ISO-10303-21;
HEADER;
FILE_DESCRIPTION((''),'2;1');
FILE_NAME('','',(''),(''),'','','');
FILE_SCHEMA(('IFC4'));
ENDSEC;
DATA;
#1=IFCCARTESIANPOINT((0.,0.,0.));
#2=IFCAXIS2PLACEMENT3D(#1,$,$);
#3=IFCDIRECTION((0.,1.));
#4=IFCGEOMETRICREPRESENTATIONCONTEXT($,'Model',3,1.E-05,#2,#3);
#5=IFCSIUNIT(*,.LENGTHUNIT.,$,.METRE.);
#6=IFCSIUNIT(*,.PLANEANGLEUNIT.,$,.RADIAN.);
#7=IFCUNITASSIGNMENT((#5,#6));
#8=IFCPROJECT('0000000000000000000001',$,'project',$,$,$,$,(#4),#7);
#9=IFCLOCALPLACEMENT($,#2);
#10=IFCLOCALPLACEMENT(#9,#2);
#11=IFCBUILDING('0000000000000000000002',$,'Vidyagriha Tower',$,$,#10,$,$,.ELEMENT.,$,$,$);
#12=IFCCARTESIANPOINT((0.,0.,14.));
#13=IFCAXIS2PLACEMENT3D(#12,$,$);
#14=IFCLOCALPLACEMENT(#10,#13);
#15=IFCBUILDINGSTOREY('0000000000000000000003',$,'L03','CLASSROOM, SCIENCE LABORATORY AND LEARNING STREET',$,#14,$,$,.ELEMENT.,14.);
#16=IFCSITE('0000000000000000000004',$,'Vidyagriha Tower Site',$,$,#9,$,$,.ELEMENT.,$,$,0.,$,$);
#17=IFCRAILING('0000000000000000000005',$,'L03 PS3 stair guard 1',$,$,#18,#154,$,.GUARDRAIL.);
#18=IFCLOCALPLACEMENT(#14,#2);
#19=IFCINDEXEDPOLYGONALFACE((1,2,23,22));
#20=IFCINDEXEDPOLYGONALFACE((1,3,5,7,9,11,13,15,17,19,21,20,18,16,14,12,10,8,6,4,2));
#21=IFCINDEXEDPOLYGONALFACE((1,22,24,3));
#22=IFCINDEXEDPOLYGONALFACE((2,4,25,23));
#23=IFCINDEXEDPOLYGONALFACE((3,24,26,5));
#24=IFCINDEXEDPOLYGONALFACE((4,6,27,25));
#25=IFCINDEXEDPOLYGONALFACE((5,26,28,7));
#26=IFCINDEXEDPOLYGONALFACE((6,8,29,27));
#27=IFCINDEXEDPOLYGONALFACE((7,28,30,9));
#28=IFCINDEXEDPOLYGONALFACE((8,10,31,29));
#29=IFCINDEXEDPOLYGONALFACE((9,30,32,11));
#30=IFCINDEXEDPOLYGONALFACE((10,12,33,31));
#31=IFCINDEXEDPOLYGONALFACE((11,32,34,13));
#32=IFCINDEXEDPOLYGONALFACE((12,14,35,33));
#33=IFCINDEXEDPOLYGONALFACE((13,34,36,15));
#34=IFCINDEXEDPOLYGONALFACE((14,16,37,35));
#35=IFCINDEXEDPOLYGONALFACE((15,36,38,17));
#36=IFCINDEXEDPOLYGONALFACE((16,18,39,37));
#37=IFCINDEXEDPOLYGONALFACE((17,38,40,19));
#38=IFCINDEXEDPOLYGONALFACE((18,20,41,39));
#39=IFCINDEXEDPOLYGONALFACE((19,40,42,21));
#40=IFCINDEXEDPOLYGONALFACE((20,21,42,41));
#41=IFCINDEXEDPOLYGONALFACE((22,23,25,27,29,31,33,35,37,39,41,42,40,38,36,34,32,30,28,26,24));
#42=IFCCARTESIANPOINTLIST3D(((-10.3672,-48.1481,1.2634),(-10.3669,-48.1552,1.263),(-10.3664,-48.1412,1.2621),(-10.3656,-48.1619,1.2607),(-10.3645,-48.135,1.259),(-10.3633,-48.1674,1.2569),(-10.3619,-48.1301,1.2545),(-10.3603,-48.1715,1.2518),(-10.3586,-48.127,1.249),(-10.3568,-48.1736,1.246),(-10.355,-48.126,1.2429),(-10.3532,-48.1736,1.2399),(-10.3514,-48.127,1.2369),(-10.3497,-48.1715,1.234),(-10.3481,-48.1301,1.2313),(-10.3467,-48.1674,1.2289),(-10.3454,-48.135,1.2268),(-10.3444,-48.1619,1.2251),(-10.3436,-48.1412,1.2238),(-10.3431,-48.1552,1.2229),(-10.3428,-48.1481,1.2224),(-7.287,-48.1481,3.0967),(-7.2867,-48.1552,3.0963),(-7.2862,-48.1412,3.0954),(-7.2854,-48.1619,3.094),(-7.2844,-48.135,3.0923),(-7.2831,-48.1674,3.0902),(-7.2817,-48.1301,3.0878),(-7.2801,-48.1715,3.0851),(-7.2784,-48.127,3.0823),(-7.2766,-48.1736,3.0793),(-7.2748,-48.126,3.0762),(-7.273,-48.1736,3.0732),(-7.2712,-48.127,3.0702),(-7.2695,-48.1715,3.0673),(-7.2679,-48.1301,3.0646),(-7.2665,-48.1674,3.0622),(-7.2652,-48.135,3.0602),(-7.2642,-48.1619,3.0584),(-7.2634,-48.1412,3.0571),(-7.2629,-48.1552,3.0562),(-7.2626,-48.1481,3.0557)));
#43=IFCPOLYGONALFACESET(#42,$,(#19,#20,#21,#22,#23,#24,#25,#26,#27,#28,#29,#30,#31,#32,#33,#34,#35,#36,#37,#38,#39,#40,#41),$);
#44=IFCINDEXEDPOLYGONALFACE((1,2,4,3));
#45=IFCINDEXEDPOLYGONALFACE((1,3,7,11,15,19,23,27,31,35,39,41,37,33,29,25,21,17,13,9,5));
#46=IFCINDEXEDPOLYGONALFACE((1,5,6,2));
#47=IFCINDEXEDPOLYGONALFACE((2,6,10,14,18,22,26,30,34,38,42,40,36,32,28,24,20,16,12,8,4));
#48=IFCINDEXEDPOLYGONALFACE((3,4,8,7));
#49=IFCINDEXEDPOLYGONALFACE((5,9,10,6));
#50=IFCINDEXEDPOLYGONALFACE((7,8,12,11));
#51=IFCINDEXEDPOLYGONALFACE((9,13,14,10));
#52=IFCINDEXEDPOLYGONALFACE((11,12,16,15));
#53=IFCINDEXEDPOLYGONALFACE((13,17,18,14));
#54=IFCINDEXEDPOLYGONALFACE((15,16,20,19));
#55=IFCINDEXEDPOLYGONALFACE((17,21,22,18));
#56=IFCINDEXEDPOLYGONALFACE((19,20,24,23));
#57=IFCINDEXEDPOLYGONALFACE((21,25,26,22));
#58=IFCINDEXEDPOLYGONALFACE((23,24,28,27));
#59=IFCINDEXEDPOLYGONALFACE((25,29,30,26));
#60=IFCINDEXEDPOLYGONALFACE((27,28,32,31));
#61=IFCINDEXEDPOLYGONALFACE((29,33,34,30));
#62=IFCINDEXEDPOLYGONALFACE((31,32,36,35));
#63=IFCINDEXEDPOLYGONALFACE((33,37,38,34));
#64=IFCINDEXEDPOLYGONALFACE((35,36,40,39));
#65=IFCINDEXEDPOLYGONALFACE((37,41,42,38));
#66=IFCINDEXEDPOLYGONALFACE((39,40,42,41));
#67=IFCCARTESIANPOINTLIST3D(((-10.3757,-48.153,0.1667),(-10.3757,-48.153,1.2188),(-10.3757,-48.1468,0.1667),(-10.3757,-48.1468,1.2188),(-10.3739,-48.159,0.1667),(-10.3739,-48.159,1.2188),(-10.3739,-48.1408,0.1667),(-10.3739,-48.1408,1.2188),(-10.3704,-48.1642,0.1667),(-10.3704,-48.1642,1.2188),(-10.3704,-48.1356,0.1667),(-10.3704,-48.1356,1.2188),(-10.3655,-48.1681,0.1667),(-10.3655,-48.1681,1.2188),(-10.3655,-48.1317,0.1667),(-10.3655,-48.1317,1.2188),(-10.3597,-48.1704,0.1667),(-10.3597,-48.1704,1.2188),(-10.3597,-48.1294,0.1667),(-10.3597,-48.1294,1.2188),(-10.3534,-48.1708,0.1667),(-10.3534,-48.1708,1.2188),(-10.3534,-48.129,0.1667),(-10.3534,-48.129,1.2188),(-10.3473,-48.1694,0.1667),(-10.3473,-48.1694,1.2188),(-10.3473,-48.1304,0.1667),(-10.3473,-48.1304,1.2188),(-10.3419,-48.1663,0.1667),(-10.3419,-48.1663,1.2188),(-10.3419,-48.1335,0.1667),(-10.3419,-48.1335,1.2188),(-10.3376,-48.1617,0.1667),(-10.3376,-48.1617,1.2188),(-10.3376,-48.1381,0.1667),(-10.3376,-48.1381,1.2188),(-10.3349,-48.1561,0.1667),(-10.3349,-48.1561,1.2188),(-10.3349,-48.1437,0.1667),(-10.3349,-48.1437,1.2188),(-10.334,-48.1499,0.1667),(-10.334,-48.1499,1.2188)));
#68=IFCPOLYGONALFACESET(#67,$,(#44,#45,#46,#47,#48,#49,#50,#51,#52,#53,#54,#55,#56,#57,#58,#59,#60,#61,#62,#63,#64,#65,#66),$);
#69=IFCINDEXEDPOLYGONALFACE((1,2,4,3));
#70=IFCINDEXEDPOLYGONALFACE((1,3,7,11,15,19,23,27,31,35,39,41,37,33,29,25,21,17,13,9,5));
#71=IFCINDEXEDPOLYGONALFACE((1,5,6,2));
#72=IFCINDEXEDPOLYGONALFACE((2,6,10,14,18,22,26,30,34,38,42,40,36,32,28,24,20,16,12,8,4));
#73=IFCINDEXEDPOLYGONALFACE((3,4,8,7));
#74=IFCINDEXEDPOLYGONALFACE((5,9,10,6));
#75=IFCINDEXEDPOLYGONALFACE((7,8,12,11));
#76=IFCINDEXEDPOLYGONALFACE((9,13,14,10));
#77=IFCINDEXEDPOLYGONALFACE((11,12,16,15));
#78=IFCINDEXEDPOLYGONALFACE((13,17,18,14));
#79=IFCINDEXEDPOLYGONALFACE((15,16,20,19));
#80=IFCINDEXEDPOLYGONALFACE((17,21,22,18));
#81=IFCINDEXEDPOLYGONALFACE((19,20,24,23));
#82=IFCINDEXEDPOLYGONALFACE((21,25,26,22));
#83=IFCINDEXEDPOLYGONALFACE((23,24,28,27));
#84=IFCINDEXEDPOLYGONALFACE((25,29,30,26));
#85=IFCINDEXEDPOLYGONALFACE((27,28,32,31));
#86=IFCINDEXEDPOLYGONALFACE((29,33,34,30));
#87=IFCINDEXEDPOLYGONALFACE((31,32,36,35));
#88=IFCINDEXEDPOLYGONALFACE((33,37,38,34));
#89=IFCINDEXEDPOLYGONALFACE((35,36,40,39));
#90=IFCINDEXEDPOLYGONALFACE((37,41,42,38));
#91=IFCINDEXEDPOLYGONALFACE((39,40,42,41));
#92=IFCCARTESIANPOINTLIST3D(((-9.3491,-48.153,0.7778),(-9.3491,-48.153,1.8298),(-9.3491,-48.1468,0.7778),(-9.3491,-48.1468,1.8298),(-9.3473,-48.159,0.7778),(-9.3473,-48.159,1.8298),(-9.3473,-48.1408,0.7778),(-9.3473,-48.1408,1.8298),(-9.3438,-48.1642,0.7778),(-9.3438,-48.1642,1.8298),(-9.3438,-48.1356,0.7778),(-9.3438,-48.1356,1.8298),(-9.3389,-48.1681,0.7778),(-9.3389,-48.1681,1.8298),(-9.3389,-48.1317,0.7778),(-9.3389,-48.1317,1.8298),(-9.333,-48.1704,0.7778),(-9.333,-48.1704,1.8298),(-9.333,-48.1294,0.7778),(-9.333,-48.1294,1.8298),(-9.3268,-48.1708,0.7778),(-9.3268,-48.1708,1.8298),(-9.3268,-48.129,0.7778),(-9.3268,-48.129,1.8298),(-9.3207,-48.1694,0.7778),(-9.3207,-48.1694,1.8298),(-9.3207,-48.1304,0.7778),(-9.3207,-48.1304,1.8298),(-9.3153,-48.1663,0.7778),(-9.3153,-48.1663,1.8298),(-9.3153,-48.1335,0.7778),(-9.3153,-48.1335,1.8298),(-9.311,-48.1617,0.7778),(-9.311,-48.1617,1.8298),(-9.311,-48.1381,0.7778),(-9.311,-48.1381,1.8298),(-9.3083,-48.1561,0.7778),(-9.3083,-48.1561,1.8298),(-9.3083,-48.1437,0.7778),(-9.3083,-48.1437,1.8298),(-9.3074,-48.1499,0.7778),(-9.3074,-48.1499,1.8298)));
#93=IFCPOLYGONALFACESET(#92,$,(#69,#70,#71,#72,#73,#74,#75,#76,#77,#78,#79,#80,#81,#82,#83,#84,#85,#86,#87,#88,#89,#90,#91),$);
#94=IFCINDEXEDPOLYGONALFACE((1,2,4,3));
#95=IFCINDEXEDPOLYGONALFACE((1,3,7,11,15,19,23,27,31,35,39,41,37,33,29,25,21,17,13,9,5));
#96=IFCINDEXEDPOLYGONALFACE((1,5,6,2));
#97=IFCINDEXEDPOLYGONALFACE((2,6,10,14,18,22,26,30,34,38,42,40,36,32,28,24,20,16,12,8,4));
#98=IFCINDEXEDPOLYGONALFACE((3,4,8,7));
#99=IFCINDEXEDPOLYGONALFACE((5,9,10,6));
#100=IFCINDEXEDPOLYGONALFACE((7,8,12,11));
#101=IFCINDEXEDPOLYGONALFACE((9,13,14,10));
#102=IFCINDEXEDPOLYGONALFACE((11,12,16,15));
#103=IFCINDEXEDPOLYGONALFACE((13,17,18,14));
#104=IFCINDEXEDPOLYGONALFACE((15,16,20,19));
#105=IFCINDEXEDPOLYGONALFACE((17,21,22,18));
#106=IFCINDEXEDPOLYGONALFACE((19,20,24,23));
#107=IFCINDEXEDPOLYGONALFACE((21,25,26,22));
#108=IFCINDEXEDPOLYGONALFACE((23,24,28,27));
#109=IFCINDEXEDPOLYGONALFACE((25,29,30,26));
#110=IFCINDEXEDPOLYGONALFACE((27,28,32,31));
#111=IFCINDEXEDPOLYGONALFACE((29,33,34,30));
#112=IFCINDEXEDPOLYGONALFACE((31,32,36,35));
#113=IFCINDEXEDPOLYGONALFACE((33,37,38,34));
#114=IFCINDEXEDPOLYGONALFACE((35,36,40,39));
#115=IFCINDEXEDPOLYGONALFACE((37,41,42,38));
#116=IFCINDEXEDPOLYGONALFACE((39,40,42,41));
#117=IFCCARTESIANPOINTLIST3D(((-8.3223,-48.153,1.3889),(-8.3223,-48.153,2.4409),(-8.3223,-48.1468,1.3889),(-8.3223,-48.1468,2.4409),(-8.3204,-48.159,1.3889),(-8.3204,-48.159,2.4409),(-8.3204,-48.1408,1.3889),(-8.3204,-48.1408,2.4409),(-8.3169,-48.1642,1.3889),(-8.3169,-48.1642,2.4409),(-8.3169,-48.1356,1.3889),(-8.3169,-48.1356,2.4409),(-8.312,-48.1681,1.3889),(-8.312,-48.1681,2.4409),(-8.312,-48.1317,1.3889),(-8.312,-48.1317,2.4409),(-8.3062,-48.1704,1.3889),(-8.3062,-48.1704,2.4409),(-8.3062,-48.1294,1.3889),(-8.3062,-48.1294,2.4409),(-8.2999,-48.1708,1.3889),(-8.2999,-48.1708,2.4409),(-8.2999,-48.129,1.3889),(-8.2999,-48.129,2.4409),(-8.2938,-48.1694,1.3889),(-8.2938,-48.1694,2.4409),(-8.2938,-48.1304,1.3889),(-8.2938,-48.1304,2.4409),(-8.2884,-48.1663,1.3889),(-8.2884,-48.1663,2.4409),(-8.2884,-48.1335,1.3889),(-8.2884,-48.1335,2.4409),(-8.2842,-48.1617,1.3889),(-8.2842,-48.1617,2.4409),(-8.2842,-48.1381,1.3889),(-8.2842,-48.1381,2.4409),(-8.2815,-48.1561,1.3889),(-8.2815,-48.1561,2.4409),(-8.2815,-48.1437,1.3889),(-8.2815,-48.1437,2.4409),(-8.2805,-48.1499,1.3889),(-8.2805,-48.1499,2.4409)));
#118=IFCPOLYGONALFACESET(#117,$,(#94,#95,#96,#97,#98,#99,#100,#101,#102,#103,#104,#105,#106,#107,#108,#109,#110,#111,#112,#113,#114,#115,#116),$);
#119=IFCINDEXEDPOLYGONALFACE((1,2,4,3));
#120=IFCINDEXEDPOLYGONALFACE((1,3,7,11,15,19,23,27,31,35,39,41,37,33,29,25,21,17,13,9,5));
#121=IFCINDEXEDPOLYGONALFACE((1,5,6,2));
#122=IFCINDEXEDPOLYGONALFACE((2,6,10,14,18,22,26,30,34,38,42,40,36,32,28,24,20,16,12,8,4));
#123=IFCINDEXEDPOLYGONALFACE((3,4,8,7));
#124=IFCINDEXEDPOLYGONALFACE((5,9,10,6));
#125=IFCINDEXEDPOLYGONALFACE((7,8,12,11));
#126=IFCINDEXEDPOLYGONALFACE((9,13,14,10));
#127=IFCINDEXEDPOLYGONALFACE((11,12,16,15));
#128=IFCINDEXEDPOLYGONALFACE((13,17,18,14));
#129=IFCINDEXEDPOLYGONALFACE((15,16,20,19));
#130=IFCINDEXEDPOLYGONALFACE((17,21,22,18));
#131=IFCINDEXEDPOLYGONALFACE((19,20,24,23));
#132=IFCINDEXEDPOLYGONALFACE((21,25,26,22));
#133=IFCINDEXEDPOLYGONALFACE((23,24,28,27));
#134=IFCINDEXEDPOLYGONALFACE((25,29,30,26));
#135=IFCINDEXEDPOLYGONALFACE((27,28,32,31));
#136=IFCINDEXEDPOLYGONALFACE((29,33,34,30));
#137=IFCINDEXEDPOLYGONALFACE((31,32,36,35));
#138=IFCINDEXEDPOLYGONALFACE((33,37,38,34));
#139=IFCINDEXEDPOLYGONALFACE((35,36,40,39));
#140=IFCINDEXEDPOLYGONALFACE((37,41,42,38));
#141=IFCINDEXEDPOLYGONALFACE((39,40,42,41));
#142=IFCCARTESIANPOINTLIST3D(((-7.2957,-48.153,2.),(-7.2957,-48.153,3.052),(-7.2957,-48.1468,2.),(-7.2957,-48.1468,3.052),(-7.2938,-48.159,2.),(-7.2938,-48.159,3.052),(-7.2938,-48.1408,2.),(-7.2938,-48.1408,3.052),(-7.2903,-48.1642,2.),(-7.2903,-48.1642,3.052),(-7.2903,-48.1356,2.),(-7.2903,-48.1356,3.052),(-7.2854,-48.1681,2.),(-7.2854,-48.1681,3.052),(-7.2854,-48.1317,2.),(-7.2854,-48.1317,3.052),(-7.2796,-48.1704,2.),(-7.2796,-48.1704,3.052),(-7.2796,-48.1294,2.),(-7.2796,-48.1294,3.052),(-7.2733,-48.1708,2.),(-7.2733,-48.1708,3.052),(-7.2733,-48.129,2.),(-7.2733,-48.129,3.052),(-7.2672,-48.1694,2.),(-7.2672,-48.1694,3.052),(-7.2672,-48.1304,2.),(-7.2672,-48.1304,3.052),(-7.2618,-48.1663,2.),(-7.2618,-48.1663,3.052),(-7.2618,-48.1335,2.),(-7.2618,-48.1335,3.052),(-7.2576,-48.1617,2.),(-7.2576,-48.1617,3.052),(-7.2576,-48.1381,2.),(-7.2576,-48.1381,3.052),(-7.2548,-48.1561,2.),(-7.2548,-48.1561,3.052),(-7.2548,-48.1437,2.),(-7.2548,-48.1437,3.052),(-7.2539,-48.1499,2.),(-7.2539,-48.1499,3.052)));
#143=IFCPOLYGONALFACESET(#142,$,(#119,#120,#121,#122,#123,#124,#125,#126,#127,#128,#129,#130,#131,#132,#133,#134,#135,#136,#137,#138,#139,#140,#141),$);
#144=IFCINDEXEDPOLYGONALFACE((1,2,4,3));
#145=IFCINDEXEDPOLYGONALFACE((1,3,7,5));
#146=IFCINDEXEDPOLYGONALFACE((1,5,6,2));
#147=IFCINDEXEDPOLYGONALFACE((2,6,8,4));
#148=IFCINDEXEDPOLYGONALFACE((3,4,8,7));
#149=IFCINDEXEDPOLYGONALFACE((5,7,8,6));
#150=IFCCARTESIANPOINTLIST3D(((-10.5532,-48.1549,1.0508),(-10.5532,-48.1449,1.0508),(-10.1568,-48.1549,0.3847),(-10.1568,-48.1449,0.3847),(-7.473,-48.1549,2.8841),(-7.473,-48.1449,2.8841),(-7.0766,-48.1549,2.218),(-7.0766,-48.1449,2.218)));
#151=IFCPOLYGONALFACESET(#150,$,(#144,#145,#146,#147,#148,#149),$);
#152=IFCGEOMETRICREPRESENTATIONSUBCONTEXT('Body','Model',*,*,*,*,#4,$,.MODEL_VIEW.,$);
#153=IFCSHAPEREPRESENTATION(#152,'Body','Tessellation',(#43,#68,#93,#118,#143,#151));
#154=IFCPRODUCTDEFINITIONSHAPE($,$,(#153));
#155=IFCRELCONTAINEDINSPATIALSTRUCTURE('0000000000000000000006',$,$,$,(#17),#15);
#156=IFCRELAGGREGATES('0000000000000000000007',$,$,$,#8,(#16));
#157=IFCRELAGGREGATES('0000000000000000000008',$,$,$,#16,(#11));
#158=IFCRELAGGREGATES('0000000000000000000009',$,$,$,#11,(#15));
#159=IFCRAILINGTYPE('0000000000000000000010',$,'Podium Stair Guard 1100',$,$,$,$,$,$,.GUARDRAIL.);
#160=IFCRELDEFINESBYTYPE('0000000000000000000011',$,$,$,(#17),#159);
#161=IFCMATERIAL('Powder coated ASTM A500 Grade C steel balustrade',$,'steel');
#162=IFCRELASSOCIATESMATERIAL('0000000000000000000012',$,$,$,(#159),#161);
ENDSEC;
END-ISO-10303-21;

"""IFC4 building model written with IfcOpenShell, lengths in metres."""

from ifc_helpers import new_model, si_unit, direction, frame, origin, origin_2d, place, context, subcontext, project, spatial, rectangle, circle, extrude, material, type_object, element, save


model = new_model("IFC4")

# Units and contexts
model_context = context("Model", 3, precision=1e-05, world=origin(), true_north=direction((0.0, 1.0)))
body_context = subcontext(model_context, "Body", "Model", "MODEL_VIEW")
ifc_project = project(units=[si_unit("LENGTHUNIT", "METRE"), si_unit("PLANEANGLEUNIT", "RADIAN")], contexts=[model_context])

# Site, building, storey
site_placement = place(None, origin())
site = spatial("IfcSite", under=ifc_project, at=site_placement, Name="Vidyagriha Tower Site", CompositionType="ELEMENT", RefElevation=0.0)
building_placement = place(site_placement, origin())
building = spatial("IfcBuilding", under=site, at=building_placement, Name="Vidyagriha Tower", CompositionType="ELEMENT")
storey_placement = place(building_placement, frame((0.0, 0.0, 14.0)))
storey = spatial("IfcBuildingStorey", under=building, at=storey_placement, Name="L03", Description="CLASSROOM, SCIENCE LABORATORY AND LEARNING STREET", CompositionType="ELEMENT", Elevation=14.0)

# Railing
ifc_material_1 = material(Name="Powder coated ASTM A500 Grade C steel balustrade", Category="steel")
railing_type_1 = type_object("IfcRailingType", Name="Podium Stair Guard 1100", PredefinedType="GUARDRAIL", material=ifc_material_1)
railing_1_placement = place(storey_placement, frame((-10.355, -48.1499, 0.1667)))
element("IfcRailing", 1, at=railing_1_placement, inside=storey, type_object=railing_type_1, Name="L03 PS3 stair guard 1", PredefinedType="GUARDRAIL", context=body_context, shape_type="SweptSolid", body=[
    extrude(circle(Radius=0.0239, at=origin_2d()), frame((0.0, 0.0, 1.0762), z_axis=(0.859309, 0.0, 0.511458), x_axis=(0.0, 1.0, 0.0)), (0.0, 0.0, 1.0), 3.5845),
    extrude(circle(Radius=0.021, at=origin_2d()), origin(), (0.0, 0.0, 1.0), 1.052),
    extrude(circle(Radius=0.021, at=origin_2d()), frame((1.0266, 0.0, 0.6111)), (0.0, 0.0, 1.0), 1.052),
    extrude(circle(Radius=0.021, at=origin_2d()), frame((2.0535, 0.0, 1.2222)), (0.0, 0.0, 1.0), 1.052),
    extrude(circle(Radius=0.021, at=origin_2d()), frame((3.0801, 0.0, 1.8333)), (0.0, 0.0, 1.0), 1.052),
    extrude(rectangle(XDim=0.01, YDim=0.7751, at=origin_2d()), frame((0.0, 0.0, 0.551), z_axis=(0.859309, 0.0, 0.511458), x_axis=(0.0, 1.0, 0.0)), (0.0, 0.0, 1.0), 3.5845),
])

save(model, "model.ifc")
